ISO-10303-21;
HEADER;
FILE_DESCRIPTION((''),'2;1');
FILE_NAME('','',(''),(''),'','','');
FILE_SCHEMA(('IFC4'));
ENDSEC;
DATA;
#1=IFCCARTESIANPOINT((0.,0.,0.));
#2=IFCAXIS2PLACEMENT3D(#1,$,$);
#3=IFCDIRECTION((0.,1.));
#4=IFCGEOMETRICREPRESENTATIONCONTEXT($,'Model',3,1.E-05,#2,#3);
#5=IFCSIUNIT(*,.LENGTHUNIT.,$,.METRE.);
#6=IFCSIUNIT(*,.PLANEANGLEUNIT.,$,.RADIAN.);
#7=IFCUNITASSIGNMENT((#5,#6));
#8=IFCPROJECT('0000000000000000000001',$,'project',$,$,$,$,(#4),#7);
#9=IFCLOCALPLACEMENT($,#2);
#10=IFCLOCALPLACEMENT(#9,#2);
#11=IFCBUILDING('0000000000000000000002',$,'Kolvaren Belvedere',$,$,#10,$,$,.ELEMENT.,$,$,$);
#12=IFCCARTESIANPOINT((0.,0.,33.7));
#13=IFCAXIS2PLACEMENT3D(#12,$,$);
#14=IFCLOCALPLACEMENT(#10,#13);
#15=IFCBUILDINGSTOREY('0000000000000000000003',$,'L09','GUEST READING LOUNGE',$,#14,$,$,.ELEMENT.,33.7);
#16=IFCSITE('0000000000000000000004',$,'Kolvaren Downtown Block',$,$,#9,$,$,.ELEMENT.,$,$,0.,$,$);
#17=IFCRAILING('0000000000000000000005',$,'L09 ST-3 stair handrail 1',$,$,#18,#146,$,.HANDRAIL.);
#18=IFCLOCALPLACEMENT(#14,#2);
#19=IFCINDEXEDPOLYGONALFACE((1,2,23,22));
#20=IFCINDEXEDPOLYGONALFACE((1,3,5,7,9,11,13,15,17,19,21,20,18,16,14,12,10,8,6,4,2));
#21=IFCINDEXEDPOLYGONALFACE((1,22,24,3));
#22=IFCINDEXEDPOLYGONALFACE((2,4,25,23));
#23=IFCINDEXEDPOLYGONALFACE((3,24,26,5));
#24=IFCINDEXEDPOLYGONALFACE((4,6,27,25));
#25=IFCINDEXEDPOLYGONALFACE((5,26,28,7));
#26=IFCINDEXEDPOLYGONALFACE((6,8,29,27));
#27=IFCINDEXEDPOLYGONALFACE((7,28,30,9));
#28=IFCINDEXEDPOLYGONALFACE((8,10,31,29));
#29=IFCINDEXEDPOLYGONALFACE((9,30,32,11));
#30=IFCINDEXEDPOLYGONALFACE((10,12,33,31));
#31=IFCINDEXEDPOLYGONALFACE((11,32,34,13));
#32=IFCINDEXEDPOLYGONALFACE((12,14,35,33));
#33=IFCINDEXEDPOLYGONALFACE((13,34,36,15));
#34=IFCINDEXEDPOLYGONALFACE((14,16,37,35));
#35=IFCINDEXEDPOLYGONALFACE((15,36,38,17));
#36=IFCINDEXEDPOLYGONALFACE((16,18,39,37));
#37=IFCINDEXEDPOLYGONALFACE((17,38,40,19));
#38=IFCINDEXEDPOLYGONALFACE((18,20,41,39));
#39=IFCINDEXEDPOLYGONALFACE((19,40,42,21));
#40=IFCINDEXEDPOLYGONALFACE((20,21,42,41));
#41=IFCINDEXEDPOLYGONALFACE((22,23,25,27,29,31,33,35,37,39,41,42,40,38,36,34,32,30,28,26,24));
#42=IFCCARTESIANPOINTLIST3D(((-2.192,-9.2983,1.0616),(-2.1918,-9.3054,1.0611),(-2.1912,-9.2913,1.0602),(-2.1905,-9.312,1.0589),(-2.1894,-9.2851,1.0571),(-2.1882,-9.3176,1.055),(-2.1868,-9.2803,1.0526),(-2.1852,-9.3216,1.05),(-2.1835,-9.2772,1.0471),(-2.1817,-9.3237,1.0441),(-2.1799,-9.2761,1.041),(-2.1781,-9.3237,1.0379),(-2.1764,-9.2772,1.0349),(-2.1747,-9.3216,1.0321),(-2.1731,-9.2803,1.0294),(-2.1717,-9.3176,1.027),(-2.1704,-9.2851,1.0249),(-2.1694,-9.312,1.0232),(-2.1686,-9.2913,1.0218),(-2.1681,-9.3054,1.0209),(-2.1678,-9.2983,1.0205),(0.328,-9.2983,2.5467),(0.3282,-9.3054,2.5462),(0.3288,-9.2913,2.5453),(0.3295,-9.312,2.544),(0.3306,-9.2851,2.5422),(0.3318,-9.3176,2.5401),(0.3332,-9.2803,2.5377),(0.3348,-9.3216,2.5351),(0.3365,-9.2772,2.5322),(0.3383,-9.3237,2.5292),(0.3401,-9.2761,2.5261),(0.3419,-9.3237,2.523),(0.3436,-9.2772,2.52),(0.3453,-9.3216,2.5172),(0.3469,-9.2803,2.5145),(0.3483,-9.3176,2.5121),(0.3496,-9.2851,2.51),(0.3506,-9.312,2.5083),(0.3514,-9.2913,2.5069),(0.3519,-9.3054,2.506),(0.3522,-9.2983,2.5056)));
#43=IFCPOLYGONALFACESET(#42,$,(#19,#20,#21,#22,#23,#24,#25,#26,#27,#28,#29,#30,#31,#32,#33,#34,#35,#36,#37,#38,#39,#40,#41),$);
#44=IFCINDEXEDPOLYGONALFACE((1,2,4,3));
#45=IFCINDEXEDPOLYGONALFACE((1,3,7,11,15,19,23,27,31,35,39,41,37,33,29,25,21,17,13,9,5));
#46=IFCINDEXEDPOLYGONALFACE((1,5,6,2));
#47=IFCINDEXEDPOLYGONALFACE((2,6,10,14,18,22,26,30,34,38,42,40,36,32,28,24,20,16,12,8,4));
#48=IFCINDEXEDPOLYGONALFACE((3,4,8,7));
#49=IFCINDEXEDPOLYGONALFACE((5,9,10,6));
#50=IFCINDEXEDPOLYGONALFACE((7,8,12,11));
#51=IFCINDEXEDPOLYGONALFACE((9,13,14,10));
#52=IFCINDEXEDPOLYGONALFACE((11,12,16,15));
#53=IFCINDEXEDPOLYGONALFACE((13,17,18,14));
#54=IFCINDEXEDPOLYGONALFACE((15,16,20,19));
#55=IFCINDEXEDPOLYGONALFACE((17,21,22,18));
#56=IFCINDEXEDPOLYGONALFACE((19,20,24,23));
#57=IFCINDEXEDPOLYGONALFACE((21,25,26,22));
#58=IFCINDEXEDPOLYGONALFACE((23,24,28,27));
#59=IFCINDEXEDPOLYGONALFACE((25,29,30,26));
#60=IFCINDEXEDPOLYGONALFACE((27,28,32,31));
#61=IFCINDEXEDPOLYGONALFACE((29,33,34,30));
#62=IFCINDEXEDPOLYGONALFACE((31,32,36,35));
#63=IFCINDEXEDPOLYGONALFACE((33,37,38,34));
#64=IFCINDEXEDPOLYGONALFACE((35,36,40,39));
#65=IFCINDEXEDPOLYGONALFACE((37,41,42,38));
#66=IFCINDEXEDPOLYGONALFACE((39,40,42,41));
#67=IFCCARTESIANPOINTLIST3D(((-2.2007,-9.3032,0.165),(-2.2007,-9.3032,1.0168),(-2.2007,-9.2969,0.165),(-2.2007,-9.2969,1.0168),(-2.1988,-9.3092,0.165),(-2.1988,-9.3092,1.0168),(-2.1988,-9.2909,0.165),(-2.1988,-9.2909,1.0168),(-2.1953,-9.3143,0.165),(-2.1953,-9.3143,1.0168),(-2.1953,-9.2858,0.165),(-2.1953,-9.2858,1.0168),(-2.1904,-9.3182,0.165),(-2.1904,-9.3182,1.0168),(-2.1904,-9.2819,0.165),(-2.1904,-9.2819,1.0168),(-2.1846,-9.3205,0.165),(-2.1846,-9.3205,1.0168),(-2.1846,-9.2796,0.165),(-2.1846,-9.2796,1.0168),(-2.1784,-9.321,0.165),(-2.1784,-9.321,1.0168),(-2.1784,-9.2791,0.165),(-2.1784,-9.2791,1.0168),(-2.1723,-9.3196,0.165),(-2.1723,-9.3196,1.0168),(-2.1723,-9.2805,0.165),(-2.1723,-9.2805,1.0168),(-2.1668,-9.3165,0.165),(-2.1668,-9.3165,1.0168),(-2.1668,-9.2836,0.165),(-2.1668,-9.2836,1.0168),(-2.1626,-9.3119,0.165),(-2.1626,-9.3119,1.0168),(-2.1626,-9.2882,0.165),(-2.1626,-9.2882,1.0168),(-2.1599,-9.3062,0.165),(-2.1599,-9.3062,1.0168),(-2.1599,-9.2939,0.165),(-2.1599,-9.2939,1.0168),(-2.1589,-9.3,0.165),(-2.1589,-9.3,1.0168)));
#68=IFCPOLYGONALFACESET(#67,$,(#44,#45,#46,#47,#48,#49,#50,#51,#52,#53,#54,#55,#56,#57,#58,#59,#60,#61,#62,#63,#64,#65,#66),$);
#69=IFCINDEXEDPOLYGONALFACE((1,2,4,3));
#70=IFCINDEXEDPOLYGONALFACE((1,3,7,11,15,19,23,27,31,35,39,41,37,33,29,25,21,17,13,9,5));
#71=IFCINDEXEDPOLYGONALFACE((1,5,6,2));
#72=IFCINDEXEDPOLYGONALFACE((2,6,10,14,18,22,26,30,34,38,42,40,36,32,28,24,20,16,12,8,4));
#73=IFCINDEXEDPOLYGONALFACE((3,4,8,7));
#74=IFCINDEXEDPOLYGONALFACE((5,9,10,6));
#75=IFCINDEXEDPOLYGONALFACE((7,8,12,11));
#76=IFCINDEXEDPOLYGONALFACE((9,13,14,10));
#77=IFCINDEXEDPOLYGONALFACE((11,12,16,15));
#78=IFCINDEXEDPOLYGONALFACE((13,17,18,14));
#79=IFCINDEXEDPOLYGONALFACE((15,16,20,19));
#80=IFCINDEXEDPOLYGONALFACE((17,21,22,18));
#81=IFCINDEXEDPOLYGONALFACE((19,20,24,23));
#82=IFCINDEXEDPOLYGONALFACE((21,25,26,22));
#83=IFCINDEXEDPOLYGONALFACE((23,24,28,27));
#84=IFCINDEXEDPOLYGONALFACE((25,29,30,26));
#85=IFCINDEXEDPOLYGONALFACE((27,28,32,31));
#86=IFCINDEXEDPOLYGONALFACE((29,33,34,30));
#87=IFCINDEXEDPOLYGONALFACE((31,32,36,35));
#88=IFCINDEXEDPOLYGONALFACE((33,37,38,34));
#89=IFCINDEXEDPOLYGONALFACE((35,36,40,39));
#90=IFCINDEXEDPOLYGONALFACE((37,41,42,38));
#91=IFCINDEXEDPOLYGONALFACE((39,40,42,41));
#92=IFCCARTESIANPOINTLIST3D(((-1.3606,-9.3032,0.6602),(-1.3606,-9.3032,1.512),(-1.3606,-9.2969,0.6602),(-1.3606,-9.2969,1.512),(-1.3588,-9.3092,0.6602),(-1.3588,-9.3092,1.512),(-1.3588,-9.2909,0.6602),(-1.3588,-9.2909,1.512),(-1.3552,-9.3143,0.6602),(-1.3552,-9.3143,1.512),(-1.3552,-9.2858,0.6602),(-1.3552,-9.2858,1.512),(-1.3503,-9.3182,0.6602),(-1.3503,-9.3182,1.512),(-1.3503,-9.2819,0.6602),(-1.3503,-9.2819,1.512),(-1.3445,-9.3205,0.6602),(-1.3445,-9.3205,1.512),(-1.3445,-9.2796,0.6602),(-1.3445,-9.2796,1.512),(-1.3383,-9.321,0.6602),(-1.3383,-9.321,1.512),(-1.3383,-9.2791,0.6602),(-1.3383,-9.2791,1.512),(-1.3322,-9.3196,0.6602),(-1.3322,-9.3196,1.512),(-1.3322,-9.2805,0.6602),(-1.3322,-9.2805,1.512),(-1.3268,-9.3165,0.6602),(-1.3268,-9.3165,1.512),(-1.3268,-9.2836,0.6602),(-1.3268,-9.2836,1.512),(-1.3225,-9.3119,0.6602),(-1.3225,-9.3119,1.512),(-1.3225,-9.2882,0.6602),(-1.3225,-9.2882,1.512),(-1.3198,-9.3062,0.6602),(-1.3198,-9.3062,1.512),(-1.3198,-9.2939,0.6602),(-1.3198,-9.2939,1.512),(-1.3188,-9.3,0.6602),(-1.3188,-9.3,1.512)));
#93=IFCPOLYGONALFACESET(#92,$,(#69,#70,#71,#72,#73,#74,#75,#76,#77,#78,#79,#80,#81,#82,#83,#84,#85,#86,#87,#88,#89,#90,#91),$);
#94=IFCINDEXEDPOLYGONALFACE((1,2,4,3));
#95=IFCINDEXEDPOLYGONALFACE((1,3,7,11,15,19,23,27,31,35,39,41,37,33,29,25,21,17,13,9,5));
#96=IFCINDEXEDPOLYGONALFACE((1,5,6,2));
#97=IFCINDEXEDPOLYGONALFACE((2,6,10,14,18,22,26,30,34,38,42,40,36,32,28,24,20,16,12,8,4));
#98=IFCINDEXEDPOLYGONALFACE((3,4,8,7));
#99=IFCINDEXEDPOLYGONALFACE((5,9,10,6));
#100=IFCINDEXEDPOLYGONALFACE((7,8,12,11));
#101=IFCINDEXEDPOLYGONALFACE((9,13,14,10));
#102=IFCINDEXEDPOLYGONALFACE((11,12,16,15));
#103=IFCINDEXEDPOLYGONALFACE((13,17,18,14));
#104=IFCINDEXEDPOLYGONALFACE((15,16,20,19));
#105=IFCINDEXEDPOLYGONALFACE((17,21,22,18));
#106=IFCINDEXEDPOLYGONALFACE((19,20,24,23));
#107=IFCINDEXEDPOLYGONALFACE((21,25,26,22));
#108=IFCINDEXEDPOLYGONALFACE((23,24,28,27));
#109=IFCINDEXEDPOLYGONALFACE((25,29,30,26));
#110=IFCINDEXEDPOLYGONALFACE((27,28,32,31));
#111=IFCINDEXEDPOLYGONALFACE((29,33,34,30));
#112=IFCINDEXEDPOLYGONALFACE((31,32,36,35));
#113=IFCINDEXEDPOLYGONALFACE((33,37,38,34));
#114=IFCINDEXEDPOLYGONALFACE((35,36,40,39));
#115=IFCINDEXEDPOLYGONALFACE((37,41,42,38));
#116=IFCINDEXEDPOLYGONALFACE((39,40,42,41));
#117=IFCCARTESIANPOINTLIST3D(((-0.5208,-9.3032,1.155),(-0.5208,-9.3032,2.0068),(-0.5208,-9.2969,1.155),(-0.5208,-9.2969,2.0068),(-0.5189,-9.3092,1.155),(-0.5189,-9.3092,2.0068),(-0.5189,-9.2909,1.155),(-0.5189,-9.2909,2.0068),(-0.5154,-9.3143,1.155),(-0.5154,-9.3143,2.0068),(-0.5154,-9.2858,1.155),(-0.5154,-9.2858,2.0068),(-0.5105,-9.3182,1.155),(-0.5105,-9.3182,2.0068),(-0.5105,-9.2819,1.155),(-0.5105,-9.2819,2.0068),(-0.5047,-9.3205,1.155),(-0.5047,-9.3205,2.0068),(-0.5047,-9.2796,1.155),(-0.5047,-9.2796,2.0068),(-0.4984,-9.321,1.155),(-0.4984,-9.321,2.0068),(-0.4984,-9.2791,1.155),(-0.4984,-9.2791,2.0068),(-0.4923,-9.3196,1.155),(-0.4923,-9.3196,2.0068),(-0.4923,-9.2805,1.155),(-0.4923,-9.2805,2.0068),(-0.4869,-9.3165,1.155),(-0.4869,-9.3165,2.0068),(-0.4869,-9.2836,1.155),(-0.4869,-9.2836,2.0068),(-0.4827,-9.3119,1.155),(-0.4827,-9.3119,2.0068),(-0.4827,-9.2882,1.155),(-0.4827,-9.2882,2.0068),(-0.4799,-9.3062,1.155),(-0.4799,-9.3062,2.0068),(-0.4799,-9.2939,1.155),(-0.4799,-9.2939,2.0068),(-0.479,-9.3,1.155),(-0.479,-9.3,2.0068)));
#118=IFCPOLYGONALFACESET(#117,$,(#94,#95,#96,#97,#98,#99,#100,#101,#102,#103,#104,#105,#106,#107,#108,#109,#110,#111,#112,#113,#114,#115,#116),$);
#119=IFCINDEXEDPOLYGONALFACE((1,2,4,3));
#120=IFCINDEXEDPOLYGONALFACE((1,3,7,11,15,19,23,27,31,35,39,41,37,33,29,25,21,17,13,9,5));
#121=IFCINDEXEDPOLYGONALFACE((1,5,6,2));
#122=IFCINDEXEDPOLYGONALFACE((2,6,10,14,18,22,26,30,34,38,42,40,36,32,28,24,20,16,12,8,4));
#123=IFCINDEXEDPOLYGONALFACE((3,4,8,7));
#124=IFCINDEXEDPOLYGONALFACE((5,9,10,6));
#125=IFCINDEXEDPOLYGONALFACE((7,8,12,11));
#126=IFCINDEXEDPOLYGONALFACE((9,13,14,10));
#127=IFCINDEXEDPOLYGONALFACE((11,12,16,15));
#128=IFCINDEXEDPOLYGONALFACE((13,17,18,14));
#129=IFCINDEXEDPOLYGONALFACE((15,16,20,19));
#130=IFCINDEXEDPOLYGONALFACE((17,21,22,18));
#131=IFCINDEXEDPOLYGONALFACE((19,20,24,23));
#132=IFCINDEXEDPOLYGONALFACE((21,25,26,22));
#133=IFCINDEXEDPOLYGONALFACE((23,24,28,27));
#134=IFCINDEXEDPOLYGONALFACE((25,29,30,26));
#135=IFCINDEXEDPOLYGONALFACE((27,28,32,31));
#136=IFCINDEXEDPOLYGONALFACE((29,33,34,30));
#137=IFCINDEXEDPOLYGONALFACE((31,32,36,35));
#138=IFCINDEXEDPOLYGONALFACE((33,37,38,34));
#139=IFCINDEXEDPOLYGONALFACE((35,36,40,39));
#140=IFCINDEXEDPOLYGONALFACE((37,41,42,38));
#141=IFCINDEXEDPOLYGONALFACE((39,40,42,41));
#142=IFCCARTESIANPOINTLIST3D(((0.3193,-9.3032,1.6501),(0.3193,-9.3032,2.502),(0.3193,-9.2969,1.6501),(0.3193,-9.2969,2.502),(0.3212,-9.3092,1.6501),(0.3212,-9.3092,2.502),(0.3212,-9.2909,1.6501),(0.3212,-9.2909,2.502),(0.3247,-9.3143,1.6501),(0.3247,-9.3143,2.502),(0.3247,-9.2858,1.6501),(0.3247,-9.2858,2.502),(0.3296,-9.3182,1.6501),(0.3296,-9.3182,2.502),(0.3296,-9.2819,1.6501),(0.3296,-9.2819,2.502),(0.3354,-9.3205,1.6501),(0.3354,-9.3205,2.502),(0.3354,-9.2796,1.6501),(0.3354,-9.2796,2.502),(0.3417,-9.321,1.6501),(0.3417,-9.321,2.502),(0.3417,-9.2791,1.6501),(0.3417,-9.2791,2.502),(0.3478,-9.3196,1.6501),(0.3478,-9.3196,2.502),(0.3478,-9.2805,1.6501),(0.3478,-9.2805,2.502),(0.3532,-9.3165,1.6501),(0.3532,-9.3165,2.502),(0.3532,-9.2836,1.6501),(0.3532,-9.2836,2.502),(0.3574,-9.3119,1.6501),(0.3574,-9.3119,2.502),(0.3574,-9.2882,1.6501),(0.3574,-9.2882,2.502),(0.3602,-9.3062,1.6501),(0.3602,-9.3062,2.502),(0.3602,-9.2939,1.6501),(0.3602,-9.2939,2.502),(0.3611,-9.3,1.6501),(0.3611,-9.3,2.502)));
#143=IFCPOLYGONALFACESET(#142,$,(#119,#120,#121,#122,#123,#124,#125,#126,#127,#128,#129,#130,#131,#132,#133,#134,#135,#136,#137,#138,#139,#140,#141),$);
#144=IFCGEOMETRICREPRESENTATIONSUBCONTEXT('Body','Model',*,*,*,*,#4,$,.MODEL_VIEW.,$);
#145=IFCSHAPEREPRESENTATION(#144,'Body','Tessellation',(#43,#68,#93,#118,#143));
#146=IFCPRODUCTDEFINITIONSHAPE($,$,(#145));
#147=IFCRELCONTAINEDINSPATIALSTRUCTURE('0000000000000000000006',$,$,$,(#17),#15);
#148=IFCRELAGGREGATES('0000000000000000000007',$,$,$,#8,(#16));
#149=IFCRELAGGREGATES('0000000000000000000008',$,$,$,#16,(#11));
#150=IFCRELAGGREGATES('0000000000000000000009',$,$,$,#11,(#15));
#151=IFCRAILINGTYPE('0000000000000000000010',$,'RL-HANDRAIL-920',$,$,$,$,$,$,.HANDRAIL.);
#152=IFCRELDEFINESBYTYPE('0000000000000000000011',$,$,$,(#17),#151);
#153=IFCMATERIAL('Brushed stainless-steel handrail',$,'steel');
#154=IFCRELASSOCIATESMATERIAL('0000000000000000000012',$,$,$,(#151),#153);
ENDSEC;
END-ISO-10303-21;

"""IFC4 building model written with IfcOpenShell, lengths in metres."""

from ifc_helpers import new_model, si_unit, direction, frame, origin, origin_2d, place, context, subcontext, project, spatial, circle, extrude, material, type_object, element, save


model = new_model("IFC4")

# Units and contexts
model_context = context("Model", 3, precision=1e-05, world=origin(), true_north=direction((0.0, 1.0)))
body_context = subcontext(model_context, "Body", "Model", "MODEL_VIEW")
ifc_project = project(units=[si_unit("LENGTHUNIT", "METRE"), si_unit("PLANEANGLEUNIT", "RADIAN")], contexts=[model_context])

# Site, building, storey
site_placement = place(None, origin())
site = spatial("IfcSite", under=ifc_project, at=site_placement, Name="Kolvaren Downtown Block", CompositionType="ELEMENT", RefElevation=0.0)
building_placement = place(site_placement, origin())
building = spatial("IfcBuilding", under=site, at=building_placement, Name="Kolvaren Belvedere", CompositionType="ELEMENT")
storey_placement = place(building_placement, frame((0.0, 0.0, 33.7)))
storey = spatial("IfcBuildingStorey", under=building, at=storey_placement, Name="L09", Description="GUEST READING LOUNGE", CompositionType="ELEMENT", Elevation=33.7)

# Railing
ifc_material_1 = material(Name="Brushed stainless-steel handrail", Category="steel")
railing_type = type_object("IfcRailingType", Name="RL-HANDRAIL-920", PredefinedType="HANDRAIL", material=ifc_material_1)
railing_placement = place(storey_placement, frame((-2.1799, -9.3, 0.165)))
element("IfcRailing", 1, at=railing_placement, inside=storey, type_object=railing_type, Name="L09 ST-3 stair handrail 1", PredefinedType="HANDRAIL", context=body_context, shape_type="SweptSolid", body=[
    extrude(circle(Radius=0.0239, at=origin_2d()), frame((0.0, 0.0, 0.876), z_axis=(0.861524, 0.0, 0.507717), x_axis=(0.0, 1.0, 0.0)), (0.0, 0.0, 1.0), 2.925),
    extrude(circle(Radius=0.021, at=origin_2d()), origin(), (0.0, 0.0, 1.0), 0.8518),
    extrude(circle(Radius=0.021, at=origin_2d()), frame((0.8401, 0.0, 0.4951)), (0.0, 0.0, 1.0), 0.8518),
    extrude(circle(Radius=0.021, at=origin_2d()), frame((1.6799, 0.0, 0.99)), (0.0, 0.0, 1.0), 0.8518),
    extrude(circle(Radius=0.021, at=origin_2d()), frame((2.52, 0.0, 1.4851)), (0.0, 0.0, 1.0), 0.8518),
])

save(model, "model.ifc")
